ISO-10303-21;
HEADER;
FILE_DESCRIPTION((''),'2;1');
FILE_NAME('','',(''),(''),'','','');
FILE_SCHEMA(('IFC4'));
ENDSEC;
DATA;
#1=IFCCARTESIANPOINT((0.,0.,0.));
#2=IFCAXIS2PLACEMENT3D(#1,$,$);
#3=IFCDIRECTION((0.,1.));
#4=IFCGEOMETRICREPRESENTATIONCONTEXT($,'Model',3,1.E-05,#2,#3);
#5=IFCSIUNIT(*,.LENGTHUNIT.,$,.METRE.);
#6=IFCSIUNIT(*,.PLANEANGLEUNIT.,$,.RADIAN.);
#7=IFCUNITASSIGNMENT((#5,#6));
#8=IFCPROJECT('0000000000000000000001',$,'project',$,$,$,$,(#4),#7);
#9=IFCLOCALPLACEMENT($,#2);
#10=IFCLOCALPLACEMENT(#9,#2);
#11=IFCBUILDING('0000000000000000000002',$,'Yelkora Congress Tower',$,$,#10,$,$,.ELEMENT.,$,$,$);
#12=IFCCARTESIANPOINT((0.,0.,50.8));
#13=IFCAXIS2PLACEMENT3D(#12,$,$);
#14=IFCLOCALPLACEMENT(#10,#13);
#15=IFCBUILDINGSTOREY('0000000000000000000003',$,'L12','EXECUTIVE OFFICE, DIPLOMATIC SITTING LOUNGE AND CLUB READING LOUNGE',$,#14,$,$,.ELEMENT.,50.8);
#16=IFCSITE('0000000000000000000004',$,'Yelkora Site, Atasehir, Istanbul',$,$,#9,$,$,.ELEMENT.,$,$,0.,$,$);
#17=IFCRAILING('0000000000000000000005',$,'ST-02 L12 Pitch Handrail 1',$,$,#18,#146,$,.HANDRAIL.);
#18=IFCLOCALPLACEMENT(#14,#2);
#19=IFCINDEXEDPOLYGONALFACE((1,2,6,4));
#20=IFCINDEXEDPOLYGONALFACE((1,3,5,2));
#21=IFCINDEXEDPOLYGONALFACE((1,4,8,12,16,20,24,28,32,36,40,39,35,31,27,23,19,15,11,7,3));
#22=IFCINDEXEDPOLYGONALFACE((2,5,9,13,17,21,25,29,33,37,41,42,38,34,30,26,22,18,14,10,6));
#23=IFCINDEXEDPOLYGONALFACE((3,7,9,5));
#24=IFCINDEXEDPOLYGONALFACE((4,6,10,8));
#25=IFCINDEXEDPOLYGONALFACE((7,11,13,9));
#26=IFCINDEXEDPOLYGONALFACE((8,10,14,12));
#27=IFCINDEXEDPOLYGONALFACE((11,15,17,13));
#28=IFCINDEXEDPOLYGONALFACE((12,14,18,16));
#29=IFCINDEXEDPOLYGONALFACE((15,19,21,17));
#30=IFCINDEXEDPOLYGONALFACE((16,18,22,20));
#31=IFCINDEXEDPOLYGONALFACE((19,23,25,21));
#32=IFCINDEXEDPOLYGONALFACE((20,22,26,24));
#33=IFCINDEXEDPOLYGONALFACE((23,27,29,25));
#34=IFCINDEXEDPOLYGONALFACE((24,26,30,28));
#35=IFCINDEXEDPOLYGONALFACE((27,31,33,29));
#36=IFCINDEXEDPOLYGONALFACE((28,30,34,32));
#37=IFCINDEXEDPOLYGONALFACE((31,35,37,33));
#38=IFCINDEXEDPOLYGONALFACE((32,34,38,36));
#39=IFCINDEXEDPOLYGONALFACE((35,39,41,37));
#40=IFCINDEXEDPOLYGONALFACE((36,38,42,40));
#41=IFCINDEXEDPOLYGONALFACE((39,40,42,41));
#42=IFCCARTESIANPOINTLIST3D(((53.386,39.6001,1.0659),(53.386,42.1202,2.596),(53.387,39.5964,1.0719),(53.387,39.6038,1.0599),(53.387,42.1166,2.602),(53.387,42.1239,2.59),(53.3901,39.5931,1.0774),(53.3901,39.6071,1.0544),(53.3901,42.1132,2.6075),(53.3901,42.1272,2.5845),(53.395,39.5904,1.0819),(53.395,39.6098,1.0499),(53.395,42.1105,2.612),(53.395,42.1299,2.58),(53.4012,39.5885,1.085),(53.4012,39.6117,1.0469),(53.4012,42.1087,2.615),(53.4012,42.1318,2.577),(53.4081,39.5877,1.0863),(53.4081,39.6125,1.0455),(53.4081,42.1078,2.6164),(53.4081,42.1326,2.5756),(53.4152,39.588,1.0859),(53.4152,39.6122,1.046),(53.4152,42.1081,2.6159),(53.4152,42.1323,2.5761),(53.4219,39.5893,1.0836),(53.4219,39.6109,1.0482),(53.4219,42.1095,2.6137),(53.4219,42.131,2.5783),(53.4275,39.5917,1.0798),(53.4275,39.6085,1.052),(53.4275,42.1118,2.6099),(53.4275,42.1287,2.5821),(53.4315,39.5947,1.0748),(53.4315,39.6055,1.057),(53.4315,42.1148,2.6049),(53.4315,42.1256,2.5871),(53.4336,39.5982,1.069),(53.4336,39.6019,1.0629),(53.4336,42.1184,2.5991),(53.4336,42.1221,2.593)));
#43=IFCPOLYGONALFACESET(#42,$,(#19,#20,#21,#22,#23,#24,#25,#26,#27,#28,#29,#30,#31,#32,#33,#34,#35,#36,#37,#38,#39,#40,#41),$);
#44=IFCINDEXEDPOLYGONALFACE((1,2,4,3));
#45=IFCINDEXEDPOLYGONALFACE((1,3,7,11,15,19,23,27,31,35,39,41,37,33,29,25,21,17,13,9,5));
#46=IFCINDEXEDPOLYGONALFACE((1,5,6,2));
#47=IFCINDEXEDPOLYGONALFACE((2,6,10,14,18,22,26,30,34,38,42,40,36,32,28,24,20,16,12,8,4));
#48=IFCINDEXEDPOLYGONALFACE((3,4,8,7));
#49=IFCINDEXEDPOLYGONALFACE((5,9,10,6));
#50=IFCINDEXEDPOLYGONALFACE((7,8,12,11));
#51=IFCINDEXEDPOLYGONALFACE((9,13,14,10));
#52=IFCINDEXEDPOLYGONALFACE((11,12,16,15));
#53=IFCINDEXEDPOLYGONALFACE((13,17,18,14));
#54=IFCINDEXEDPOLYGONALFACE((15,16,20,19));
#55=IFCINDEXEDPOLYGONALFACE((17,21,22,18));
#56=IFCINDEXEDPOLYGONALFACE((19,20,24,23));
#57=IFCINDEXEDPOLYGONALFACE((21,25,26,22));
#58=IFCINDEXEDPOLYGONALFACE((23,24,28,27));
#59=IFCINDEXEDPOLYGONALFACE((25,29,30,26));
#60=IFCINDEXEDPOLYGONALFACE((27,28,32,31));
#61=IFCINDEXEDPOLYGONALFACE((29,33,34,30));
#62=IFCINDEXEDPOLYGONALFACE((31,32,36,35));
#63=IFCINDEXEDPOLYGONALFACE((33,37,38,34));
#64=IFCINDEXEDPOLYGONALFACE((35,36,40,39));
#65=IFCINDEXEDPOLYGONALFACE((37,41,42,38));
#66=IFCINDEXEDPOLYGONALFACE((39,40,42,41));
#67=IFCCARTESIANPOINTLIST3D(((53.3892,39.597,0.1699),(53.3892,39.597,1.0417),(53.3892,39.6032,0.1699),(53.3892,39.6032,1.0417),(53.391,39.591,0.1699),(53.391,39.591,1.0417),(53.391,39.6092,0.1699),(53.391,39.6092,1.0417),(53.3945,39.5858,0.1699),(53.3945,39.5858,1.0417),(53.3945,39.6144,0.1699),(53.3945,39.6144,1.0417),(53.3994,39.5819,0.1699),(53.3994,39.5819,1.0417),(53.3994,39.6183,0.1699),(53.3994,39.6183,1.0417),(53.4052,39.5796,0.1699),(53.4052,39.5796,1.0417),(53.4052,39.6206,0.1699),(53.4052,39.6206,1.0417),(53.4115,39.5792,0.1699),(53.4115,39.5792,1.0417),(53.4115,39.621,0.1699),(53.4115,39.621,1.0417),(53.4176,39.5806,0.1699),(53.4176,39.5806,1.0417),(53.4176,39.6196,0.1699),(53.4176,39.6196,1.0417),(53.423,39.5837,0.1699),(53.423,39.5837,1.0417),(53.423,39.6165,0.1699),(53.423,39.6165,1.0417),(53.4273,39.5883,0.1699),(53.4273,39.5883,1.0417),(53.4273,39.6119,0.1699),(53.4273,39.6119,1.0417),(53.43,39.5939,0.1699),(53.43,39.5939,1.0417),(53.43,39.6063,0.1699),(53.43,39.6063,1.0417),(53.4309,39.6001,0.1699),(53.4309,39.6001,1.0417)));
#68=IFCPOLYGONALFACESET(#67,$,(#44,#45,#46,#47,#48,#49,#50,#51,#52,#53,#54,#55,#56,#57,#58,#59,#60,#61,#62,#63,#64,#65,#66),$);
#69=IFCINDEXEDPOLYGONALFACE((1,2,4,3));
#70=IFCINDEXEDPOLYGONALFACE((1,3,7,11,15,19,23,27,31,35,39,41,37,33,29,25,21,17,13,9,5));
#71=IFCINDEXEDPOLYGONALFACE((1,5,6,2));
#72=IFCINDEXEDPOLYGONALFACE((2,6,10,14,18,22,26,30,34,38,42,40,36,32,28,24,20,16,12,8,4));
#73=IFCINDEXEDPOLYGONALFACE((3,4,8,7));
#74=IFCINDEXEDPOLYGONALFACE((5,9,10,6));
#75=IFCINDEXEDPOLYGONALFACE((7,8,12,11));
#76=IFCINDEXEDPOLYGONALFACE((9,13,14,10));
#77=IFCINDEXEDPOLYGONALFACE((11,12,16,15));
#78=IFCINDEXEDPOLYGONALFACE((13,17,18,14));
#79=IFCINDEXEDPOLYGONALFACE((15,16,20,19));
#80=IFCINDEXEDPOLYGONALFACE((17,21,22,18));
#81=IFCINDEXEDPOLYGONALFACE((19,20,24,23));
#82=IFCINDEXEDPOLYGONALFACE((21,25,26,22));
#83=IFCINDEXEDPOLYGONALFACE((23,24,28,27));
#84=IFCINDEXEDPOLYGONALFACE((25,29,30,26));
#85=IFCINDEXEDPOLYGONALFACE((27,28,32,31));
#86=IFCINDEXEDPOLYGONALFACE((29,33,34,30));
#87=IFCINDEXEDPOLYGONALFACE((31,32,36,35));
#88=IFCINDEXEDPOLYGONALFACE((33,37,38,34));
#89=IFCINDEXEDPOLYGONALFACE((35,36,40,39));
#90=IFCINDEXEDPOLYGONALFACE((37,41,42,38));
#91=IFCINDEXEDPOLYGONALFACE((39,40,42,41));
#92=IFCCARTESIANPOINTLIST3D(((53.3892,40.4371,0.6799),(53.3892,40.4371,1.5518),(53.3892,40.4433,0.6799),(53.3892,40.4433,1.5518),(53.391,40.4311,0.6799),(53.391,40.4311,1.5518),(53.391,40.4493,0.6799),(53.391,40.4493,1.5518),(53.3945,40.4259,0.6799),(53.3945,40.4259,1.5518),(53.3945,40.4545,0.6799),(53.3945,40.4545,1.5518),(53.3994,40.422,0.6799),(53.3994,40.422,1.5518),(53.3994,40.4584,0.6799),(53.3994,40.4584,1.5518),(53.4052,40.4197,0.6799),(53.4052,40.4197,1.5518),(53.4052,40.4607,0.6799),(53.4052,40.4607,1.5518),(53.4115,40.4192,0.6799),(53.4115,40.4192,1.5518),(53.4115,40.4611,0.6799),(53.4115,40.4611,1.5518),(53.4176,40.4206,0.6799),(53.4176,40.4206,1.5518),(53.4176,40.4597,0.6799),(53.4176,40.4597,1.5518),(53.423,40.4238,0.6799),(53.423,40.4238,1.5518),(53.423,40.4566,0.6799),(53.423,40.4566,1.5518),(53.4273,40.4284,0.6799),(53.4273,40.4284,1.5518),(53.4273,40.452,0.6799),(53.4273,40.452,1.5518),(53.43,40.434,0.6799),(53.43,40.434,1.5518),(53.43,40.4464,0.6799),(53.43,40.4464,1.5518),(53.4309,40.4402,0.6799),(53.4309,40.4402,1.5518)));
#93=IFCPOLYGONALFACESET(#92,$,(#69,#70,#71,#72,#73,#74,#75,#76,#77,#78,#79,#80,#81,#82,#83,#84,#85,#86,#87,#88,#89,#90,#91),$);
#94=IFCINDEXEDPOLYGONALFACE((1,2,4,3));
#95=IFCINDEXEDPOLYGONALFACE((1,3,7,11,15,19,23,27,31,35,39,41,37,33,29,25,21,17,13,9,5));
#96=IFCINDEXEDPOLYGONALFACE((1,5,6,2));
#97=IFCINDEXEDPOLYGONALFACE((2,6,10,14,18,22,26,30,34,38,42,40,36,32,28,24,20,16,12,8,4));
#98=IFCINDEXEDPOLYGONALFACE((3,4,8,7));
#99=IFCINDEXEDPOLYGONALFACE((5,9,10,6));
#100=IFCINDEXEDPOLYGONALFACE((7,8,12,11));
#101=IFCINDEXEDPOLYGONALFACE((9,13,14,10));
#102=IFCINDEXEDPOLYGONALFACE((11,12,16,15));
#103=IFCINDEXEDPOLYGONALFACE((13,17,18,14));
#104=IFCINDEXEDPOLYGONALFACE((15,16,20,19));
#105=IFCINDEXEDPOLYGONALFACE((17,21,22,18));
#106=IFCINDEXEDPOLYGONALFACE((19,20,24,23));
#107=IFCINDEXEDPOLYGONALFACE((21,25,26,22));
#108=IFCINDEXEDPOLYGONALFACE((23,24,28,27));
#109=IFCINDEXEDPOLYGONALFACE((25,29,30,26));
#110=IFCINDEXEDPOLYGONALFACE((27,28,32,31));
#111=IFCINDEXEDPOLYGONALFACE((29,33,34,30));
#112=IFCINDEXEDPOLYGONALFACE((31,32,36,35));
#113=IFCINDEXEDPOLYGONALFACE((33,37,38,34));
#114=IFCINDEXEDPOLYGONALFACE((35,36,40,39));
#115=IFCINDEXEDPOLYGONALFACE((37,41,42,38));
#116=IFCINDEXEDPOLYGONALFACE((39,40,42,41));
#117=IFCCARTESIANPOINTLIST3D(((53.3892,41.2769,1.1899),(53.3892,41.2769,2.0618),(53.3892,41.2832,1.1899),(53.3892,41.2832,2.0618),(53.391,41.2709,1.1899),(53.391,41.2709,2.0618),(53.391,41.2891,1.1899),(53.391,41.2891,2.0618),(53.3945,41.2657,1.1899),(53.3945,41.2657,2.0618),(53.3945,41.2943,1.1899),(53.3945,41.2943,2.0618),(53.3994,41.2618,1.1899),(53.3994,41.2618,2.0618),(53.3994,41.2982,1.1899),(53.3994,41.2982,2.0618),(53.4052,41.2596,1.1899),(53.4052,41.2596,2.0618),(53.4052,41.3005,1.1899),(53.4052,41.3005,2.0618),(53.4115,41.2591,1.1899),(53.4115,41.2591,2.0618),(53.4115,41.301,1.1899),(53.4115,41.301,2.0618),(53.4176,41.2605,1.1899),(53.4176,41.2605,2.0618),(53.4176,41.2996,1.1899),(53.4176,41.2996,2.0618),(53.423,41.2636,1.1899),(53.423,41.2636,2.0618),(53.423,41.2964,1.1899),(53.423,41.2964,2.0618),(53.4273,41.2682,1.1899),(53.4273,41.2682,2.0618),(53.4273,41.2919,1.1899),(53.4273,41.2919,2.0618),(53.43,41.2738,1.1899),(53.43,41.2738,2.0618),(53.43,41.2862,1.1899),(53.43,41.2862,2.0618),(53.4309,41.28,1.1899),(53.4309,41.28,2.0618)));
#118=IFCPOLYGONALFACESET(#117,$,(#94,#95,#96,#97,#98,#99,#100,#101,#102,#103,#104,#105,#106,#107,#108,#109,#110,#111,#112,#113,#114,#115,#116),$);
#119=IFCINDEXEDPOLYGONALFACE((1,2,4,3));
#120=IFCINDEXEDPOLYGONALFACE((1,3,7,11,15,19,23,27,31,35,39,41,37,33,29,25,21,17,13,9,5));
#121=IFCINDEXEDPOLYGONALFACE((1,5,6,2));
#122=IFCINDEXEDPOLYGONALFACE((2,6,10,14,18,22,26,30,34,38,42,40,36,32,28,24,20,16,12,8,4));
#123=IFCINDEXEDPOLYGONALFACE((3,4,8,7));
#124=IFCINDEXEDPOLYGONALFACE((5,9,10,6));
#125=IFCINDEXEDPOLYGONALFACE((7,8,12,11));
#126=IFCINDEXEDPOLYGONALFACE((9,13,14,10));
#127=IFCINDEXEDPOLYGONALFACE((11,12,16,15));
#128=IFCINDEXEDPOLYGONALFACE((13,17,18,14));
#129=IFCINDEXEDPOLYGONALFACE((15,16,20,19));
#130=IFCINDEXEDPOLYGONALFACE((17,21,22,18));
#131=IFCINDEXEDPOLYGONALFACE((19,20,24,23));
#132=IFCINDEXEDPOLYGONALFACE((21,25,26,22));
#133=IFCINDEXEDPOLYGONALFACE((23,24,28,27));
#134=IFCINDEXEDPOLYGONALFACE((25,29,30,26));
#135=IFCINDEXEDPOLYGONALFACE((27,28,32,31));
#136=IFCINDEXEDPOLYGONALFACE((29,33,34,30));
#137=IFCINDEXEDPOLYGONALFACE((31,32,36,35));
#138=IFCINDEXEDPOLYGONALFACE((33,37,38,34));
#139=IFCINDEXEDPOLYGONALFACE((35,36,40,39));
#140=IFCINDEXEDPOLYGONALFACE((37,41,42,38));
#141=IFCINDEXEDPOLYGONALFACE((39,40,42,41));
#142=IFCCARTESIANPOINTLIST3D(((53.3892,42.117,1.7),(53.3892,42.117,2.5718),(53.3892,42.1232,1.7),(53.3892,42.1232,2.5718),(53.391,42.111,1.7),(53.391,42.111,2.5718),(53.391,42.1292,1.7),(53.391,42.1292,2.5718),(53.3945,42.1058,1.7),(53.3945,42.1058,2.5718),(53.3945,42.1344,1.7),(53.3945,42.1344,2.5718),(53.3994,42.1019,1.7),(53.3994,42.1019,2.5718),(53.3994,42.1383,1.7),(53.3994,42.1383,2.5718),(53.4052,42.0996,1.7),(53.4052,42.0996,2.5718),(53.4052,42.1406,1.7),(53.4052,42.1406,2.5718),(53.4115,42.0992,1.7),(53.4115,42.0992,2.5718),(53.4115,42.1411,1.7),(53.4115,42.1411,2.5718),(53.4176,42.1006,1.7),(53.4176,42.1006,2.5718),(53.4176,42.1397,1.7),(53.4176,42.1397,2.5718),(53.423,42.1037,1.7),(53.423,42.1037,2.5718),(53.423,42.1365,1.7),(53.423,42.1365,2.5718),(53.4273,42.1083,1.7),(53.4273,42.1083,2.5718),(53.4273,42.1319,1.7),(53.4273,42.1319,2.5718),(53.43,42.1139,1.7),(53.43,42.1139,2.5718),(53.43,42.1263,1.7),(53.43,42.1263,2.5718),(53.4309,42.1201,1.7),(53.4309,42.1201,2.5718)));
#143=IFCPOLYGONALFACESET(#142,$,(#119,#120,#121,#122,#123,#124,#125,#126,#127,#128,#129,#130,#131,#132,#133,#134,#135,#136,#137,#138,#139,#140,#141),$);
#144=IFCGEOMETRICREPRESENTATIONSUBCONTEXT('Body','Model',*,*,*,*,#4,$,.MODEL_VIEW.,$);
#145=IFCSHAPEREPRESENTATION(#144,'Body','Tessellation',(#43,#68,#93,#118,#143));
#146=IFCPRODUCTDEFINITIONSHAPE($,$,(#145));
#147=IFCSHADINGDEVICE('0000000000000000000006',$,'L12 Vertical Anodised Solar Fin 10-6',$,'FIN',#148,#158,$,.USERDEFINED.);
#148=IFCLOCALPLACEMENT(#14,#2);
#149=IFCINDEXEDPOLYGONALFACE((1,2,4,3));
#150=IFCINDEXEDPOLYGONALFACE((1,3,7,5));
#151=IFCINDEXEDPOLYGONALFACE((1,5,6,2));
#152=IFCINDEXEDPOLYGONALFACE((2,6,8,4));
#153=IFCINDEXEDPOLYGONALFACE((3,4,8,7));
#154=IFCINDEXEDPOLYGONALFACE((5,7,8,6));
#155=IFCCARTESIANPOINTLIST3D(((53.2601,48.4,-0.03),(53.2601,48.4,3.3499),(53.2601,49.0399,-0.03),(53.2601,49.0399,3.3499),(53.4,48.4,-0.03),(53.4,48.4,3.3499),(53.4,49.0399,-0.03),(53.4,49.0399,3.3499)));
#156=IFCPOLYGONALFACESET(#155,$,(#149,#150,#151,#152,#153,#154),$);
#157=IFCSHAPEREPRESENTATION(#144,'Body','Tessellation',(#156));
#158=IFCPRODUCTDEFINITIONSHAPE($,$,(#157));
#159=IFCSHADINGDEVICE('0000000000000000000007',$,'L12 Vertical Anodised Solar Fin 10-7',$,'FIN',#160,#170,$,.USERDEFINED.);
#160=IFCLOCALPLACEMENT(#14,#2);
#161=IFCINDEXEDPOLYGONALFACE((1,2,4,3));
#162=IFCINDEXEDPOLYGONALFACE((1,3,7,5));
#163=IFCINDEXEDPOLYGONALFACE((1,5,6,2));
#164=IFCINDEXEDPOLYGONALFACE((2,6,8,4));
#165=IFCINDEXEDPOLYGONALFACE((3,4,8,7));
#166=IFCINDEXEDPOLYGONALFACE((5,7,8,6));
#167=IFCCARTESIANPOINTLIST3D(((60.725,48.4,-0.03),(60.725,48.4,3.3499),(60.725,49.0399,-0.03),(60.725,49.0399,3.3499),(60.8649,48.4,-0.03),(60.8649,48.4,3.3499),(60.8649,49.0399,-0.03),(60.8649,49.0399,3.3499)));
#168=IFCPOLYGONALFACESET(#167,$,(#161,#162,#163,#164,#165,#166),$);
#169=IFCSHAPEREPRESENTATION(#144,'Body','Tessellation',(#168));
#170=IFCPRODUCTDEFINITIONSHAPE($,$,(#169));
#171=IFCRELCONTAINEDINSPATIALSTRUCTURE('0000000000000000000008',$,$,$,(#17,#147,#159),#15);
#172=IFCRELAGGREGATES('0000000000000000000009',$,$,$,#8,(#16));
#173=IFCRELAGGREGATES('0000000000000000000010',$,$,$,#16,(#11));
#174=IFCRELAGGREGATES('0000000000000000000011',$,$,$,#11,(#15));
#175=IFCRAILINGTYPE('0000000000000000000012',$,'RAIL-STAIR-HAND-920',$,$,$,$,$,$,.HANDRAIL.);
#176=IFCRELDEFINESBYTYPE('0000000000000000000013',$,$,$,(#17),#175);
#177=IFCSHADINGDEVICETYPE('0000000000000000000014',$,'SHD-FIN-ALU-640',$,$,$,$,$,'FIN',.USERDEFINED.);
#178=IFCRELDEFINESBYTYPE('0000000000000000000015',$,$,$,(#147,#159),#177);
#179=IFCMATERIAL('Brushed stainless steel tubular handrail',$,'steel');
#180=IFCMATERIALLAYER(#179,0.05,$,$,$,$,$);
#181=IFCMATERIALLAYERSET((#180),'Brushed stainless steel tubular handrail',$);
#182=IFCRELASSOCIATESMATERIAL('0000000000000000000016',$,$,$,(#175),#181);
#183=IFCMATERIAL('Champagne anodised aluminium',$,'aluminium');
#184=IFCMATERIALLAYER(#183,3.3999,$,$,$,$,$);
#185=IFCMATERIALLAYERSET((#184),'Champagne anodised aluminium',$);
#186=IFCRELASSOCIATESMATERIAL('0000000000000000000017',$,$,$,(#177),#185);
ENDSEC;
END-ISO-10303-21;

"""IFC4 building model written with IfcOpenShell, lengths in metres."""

from ifc_helpers import new_model, si_unit, direction, frame, origin, origin_2d, place, context, subcontext, project, spatial, rectangle, circle, extrude, material, layer, layer_set, type_object, element, save


model = new_model("IFC4")

# Units and contexts
model_context = context("Model", 3, precision=1e-05, world=origin(), true_north=direction((0.0, 1.0)))
body_context = subcontext(model_context, "Body", "Model", "MODEL_VIEW")
ifc_project = project(units=[si_unit("LENGTHUNIT", "METRE"), si_unit("PLANEANGLEUNIT", "RADIAN")], contexts=[model_context])

# Site, building, storey
site_placement = place(None, origin())
site = spatial("IfcSite", under=ifc_project, at=site_placement, Name="Yelkora Site, Atasehir, Istanbul", CompositionType="ELEMENT", RefElevation=0.0)
building_placement = place(site_placement, origin())
building = spatial("IfcBuilding", under=site, at=building_placement, Name="Yelkora Congress Tower", CompositionType="ELEMENT")
storey_placement = place(building_placement, frame((0.0, 0.0, 50.8)))
storey = spatial("IfcBuildingStorey", under=building, at=storey_placement, Name="L12", Description="EXECUTIVE OFFICE, DIPLOMATIC SITTING LOUNGE AND CLUB READING LOUNGE", CompositionType="ELEMENT", Elevation=50.8)

# Railing
ifc_material_1 = material(Name="Brushed stainless steel tubular handrail", Category="steel")
ifc_layer_1 = layer(ifc_material_1, 0.05)
ifc_layer_set_1 = layer_set([ifc_layer_1], Name="Brushed stainless steel tubular handrail")
railing_type_1 = type_object("IfcRailingType", Name="RAIL-STAIR-HAND-920", PredefinedType="HANDRAIL", material=ifc_layer_set_1)
railing_1_placement = place(storey_placement, frame((53.4099, 39.6001, 0.1699)))
element("IfcRailing", 1, at=railing_1_placement, inside=storey, type_object=railing_type_1, Name="ST-02 L12 Pitch Handrail 1", PredefinedType="HANDRAIL", context=body_context, shape_type="SweptSolid", body=[
    extrude(circle(Radius=0.0239, at=origin_2d()), frame((0.0, 0.0, 0.896), z_axis=(0.0, 0.854785, 0.518982), x_axis=(-1.0, 0.0, 0.0)), (0.0, 0.0, 1.0), 2.9482),
    extrude(circle(Radius=0.021, at=origin_2d()), origin(), (0.0, 0.0, 1.0), 0.8718),
    extrude(circle(Radius=0.021, at=origin_2d()), frame((0.0, 0.8401, 0.51)), (0.0, 0.0, 1.0), 0.8718),
    extrude(circle(Radius=0.021, at=origin_2d()), frame((0.0, 1.6799, 1.02)), (0.0, 0.0, 1.0), 0.8718),
    extrude(circle(Radius=0.021, at=origin_2d()), frame((0.0, 2.52, 1.53)), (0.0, 0.0, 1.0), 0.8718),
])

# Shading devices
ifc_material_2 = material(Name="Champagne anodised aluminium", Category="aluminium")
ifc_layer_2 = layer(ifc_material_2, 3.3999)
ifc_layer_set_2 = layer_set([ifc_layer_2], Name="Champagne anodised aluminium")
shading_device_type = type_object("IfcShadingDeviceType", Name="SHD-FIN-ALU-640", ElementType="FIN", PredefinedType="USERDEFINED", material=ifc_layer_set_2)
for number, where, z_axis, x_axis, name in (
    (2, (53.3301, 48.72, -0.03), (0.0, 0.0, 1.0), (1.0, 0.0, 0.0), "L12 Vertical Anodised Solar Fin 10-6"),
    (3, (60.7949, 48.72, -0.03), (0.0, 0.0, 1.0), (1.0, 0.0, 0.0), "L12 Vertical Anodised Solar Fin 10-7"),
):
    element("IfcShadingDevice", number, at=place(storey_placement, frame(where, z_axis=z_axis, x_axis=x_axis)), inside=storey, type_object=shading_device_type, Name=name, ObjectType="FIN", PredefinedType="USERDEFINED", context=body_context, shape_type="SweptSolid", body=[
        extrude(rectangle(XDim=0.1399, YDim=0.6399, at=origin_2d()), origin(), (0.0, 0.0, 1.0), 3.3799),
    ])

save(model, "model.ifc")
